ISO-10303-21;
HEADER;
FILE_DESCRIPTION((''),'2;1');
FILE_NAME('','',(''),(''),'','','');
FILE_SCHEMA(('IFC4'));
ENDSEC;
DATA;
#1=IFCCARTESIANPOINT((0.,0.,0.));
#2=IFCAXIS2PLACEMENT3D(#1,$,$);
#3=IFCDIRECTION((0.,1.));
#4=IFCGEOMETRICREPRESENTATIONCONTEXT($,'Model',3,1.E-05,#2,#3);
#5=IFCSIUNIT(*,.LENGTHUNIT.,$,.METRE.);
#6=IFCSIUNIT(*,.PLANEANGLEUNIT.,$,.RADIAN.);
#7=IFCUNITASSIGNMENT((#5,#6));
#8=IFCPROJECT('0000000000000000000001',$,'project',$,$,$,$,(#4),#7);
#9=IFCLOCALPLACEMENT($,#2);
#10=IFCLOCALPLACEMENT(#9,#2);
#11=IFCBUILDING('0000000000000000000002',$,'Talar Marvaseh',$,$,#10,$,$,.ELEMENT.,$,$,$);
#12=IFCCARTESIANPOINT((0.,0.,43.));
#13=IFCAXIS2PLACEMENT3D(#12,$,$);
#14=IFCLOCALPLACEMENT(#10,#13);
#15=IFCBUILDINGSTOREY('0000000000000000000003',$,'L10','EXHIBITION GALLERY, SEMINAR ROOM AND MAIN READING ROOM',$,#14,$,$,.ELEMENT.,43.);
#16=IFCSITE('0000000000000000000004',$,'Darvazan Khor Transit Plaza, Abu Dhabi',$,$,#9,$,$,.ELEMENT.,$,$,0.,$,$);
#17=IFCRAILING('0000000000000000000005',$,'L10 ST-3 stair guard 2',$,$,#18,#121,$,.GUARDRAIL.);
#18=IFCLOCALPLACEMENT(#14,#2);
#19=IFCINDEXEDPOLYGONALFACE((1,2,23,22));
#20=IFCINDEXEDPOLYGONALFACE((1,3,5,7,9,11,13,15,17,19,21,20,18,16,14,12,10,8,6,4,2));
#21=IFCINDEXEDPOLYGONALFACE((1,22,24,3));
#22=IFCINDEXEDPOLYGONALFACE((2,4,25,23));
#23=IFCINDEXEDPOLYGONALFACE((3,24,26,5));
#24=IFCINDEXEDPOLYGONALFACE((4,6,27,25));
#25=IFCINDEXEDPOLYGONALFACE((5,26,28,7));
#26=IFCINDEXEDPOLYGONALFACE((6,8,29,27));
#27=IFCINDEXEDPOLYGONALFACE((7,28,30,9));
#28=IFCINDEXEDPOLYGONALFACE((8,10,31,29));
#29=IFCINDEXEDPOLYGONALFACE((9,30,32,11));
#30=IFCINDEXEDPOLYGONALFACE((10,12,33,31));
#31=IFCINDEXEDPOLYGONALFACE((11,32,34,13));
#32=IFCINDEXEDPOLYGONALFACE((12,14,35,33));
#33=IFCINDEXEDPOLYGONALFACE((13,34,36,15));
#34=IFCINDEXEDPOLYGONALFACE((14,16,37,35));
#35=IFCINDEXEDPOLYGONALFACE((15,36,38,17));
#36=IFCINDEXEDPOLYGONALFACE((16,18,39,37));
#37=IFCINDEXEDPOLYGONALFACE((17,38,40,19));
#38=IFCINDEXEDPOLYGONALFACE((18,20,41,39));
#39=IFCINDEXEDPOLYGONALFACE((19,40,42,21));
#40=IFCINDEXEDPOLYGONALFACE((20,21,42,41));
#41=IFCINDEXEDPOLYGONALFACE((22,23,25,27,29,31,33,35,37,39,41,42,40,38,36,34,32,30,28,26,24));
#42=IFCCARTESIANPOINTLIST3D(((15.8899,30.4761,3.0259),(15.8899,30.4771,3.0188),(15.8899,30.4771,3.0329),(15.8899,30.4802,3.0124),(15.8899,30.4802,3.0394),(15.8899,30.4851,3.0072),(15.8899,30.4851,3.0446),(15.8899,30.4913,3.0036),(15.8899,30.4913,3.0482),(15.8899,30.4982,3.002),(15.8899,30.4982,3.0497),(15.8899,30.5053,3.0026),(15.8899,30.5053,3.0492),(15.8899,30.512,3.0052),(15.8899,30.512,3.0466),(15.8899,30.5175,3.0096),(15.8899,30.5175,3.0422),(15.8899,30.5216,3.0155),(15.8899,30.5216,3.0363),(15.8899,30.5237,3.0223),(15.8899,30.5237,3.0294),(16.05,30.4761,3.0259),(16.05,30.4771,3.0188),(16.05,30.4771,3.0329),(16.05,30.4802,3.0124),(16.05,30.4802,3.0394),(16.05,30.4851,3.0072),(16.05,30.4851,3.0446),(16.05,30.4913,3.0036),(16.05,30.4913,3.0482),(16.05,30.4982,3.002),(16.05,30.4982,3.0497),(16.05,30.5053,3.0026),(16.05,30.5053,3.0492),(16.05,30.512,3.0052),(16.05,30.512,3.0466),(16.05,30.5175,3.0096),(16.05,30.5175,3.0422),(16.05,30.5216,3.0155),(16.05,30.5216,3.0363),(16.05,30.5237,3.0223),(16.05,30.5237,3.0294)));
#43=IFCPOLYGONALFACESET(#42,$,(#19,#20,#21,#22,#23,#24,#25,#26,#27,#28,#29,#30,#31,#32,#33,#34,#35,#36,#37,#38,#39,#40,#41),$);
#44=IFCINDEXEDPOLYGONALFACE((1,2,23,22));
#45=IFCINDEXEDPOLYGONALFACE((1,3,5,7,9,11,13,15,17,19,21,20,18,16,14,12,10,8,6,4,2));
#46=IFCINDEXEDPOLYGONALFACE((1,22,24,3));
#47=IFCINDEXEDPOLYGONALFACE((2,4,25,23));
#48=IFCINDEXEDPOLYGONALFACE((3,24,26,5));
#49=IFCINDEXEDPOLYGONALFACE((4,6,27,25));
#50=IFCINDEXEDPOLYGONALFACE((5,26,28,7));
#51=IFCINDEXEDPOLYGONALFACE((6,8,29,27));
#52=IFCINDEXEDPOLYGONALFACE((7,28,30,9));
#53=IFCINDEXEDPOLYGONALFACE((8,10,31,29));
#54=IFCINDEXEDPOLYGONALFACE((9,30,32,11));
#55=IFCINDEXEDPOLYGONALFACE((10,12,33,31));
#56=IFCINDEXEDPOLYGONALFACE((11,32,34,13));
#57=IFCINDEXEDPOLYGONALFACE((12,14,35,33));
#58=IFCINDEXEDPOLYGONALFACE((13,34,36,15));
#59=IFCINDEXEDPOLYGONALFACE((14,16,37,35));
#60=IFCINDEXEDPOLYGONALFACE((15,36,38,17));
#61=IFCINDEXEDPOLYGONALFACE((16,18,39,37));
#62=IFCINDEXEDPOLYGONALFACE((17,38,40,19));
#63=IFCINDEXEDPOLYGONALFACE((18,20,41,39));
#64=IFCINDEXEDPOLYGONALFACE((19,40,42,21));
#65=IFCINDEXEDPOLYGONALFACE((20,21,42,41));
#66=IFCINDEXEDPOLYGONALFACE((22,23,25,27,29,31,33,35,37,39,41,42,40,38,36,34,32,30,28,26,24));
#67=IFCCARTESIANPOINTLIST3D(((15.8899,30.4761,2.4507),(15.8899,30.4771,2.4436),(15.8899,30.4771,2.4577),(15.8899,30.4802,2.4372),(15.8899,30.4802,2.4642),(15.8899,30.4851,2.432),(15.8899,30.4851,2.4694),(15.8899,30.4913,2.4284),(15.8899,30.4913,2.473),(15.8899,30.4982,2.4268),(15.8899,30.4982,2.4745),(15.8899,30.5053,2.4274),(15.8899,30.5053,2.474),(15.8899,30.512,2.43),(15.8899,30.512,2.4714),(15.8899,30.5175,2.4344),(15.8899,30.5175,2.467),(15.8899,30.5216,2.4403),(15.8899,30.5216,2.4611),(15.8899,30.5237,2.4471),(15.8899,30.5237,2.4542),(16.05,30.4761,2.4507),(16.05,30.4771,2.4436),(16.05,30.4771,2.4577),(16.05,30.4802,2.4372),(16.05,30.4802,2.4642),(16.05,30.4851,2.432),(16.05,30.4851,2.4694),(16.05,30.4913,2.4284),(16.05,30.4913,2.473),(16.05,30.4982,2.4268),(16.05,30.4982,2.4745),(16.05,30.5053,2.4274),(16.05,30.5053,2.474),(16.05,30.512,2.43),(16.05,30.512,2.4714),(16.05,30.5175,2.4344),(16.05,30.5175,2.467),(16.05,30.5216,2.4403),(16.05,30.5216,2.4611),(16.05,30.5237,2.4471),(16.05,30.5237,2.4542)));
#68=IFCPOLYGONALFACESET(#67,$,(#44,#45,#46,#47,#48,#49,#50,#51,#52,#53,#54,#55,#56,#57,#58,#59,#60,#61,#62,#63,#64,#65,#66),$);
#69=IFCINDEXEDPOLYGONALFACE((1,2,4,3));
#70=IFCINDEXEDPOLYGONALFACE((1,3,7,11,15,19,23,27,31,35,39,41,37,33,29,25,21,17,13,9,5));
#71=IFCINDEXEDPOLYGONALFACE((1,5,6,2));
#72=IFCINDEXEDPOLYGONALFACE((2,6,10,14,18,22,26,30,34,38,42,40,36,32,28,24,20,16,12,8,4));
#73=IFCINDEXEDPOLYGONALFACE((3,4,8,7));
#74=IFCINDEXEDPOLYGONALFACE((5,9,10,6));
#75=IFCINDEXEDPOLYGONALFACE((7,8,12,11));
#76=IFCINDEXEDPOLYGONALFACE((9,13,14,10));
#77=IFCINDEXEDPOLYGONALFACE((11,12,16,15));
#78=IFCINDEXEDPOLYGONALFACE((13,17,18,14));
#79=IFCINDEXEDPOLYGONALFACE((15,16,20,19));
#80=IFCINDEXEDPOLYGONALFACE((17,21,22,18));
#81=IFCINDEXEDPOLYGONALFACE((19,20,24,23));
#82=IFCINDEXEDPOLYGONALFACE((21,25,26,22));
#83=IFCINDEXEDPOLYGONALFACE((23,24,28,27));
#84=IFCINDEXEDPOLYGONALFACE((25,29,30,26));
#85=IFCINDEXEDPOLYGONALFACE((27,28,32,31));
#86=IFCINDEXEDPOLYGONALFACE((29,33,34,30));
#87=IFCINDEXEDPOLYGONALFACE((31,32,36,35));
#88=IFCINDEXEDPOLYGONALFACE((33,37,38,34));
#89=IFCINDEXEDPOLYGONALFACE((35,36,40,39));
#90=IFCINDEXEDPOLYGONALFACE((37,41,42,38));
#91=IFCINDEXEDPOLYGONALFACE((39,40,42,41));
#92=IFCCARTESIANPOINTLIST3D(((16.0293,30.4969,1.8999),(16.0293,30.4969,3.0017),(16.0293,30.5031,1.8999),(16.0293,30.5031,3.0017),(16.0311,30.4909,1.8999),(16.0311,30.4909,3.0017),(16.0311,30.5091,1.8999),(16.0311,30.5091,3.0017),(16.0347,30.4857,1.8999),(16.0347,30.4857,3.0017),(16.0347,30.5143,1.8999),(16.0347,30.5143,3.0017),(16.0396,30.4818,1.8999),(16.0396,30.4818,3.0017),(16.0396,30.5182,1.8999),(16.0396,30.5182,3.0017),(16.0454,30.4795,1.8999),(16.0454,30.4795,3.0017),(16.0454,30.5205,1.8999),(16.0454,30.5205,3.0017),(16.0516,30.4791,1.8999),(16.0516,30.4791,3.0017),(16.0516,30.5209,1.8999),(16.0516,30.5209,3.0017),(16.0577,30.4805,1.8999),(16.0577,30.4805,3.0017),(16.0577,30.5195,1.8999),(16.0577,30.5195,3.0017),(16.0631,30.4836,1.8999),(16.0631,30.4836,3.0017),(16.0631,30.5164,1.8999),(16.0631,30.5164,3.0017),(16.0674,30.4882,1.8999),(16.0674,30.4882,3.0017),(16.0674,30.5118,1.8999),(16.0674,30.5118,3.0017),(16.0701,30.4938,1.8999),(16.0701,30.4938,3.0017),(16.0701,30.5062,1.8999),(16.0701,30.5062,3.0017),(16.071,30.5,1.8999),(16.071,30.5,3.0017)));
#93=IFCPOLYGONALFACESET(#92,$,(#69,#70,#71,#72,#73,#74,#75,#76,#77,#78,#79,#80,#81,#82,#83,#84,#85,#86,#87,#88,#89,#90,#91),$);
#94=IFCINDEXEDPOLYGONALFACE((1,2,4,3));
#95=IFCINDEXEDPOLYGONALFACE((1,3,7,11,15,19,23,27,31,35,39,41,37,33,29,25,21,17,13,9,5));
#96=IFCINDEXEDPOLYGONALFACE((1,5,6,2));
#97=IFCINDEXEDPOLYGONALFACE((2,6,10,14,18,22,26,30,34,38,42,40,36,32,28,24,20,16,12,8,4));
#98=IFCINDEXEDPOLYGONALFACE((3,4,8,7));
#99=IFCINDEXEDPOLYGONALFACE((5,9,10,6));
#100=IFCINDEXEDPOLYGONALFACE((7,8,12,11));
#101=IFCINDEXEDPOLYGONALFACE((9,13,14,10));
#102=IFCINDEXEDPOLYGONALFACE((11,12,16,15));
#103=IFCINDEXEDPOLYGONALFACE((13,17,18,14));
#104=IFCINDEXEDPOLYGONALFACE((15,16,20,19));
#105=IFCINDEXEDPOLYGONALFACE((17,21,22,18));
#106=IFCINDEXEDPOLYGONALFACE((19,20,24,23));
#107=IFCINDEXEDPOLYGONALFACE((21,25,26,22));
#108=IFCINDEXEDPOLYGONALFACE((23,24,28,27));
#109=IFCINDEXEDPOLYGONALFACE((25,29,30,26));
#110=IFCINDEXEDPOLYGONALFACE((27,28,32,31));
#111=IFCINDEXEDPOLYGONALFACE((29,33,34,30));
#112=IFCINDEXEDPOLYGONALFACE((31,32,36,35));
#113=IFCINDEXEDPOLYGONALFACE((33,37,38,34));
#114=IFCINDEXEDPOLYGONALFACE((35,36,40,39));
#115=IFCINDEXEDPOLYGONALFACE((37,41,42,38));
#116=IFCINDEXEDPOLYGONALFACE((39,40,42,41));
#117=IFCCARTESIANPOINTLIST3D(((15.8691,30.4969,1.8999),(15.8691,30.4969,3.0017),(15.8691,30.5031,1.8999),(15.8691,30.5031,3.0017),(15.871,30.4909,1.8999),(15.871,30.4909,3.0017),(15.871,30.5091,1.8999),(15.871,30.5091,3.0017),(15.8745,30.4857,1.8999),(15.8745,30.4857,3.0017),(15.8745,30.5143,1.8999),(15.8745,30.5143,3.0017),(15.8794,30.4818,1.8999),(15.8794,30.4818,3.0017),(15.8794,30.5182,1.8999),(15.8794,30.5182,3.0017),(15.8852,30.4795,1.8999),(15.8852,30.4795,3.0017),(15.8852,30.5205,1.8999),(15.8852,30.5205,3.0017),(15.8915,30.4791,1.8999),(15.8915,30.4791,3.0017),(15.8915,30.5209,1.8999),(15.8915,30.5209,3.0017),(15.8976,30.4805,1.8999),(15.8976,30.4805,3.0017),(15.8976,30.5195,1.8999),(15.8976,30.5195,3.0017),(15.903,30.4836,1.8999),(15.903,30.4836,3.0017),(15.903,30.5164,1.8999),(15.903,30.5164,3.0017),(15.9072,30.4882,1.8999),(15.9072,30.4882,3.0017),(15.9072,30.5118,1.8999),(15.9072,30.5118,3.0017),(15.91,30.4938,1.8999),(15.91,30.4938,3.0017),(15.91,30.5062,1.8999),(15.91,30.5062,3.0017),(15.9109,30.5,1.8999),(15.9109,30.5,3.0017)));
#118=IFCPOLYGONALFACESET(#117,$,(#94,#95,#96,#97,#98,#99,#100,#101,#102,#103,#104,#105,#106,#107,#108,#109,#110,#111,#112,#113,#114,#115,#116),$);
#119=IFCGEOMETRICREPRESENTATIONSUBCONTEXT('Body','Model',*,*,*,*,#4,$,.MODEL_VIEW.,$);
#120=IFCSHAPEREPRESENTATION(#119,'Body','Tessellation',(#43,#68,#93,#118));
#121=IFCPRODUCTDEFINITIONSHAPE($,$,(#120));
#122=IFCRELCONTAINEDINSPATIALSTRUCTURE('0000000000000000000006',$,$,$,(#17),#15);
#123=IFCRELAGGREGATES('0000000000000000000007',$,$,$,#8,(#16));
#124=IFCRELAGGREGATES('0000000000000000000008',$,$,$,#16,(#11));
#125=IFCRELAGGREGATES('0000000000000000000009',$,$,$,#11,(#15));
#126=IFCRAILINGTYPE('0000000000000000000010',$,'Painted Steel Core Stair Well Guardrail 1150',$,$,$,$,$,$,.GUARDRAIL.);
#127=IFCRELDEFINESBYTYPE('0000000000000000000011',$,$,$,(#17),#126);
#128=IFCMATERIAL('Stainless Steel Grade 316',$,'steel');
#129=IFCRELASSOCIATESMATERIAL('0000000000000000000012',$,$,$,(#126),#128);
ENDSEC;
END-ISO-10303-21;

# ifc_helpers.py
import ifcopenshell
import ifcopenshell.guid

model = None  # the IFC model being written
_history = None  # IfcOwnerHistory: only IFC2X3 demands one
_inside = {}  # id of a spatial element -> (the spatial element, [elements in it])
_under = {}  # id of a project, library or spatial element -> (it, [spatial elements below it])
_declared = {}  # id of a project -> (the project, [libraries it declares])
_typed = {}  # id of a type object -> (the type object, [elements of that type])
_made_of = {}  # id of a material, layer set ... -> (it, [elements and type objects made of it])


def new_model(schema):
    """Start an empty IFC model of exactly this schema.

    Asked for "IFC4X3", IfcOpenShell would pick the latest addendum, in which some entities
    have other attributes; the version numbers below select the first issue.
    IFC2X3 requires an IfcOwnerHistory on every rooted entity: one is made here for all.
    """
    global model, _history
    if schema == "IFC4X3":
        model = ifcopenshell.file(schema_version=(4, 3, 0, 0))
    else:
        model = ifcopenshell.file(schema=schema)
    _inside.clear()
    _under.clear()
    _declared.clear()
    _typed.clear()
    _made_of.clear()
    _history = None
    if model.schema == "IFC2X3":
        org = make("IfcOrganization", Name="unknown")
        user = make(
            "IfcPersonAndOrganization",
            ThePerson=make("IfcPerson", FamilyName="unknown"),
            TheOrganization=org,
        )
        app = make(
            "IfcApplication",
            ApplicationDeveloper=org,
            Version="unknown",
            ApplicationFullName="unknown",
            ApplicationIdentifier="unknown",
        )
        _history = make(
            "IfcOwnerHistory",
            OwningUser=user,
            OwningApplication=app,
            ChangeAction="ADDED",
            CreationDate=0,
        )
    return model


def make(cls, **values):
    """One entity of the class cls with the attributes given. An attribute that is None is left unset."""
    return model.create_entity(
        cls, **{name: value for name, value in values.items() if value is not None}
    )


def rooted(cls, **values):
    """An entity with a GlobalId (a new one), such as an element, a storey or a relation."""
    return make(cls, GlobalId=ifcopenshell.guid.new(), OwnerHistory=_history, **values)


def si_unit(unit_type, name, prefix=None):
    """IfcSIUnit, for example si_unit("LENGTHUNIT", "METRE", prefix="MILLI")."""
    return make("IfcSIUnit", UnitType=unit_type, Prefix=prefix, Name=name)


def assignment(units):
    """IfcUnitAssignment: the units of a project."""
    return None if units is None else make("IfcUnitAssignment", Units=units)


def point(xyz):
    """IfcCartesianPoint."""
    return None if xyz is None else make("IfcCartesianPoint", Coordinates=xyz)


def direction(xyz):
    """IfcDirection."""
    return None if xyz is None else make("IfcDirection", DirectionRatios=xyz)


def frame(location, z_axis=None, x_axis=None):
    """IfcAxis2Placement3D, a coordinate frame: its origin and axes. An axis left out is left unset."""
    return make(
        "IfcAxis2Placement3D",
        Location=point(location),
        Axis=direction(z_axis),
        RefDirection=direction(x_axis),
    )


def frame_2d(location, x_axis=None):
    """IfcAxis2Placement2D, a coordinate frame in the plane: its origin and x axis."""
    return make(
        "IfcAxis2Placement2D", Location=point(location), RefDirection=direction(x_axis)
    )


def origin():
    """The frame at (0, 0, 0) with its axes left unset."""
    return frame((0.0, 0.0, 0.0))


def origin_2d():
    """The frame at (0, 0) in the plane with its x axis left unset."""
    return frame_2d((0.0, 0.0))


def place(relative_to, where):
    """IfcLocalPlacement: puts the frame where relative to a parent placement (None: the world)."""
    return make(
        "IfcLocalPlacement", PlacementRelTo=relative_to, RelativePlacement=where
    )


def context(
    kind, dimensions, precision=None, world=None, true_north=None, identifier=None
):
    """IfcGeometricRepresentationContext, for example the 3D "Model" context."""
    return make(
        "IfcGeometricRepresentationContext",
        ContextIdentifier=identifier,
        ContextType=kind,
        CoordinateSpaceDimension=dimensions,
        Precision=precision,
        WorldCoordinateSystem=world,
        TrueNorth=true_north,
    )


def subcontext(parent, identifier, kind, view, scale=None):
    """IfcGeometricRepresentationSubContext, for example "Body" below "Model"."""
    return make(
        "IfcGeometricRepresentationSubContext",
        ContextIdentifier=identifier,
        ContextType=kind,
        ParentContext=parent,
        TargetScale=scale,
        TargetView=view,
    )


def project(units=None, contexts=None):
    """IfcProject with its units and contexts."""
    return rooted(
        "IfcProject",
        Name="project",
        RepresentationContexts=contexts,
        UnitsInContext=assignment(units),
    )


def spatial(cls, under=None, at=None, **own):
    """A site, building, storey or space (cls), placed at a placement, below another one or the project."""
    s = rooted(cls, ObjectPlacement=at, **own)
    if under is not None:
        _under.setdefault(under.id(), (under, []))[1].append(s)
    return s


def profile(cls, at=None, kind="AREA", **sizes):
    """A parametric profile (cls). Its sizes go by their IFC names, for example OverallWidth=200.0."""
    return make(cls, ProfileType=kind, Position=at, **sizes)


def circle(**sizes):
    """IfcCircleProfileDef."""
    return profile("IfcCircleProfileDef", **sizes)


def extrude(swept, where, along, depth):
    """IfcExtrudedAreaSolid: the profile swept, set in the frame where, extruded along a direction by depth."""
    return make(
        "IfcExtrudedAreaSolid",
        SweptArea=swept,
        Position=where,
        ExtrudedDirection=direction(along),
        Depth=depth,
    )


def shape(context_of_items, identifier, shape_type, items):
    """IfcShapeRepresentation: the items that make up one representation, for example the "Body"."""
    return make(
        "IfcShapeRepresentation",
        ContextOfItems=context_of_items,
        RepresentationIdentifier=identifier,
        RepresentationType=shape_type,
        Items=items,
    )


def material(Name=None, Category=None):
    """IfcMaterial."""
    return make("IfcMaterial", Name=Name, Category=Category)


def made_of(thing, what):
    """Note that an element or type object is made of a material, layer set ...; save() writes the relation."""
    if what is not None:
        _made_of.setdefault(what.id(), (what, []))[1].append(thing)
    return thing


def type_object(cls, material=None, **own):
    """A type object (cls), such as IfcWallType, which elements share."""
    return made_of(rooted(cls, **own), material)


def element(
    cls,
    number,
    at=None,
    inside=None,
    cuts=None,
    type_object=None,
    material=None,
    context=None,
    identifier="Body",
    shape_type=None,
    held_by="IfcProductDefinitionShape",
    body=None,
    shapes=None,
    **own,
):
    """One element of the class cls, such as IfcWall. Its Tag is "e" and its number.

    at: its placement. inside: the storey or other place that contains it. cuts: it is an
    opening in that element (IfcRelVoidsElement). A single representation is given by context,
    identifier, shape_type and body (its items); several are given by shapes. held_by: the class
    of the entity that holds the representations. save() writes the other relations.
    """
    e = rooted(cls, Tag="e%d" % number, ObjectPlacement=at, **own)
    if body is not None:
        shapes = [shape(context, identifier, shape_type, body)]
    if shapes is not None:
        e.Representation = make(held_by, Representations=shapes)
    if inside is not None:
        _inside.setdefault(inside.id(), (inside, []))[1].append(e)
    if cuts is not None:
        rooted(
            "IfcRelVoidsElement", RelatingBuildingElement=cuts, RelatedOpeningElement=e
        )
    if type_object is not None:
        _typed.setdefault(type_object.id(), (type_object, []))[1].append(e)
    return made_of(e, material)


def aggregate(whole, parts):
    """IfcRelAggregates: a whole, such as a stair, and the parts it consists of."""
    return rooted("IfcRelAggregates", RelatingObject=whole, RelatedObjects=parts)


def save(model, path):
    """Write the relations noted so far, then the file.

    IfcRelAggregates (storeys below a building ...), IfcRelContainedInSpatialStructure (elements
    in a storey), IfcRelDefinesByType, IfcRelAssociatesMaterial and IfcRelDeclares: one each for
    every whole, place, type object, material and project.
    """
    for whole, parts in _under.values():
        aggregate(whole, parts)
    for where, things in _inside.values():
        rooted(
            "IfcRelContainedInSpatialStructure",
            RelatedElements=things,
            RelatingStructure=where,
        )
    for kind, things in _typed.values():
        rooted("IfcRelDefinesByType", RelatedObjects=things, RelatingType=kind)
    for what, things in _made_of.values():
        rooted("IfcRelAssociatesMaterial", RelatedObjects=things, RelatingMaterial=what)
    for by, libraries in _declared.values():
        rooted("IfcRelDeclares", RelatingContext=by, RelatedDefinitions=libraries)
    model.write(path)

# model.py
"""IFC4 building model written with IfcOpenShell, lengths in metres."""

from ifc_helpers import new_model, si_unit, direction, frame, origin, origin_2d, place, context, subcontext, project, spatial, circle, extrude, material, type_object, element, save


model = new_model("IFC4")

# Units and contexts
model_context = context("Model", 3, precision=1e-05, world=origin(), true_north=direction((0.0, 1.0)))
body_context = subcontext(model_context, "Body", "Model", "MODEL_VIEW")
ifc_project = project(units=[si_unit("LENGTHUNIT", "METRE"), si_unit("PLANEANGLEUNIT", "RADIAN")], contexts=[model_context])

# Site, building, storey
site_placement = place(None, origin())
site = spatial("IfcSite", under=ifc_project, at=site_placement, Name="Darvazan Khor Transit Plaza, Abu Dhabi", CompositionType="ELEMENT", RefElevation=0.0)
building_placement = place(site_placement, origin())
building = spatial("IfcBuilding", under=site, at=building_placement, Name="Talar Marvaseh", CompositionType="ELEMENT")
storey_placement = place(building_placement, frame((0.0, 0.0, 43.0)))
storey = spatial("IfcBuildingStorey", under=building, at=storey_placement, Name="L10", Description="EXHIBITION GALLERY, SEMINAR ROOM AND MAIN READING ROOM", CompositionType="ELEMENT", Elevation=43.0)

# Railing
ifc_material_1 = material(Name="Stainless Steel Grade 316", Category="steel")
railing_type_1 = type_object("IfcRailingType", Name="Painted Steel Core Stair Well Guardrail 1150", PredefinedType="GUARDRAIL", material=ifc_material_1)
railing_1_placement = place(storey_placement, frame((16.05, 30.5, 1.8999)))
element("IfcRailing", 1, at=railing_1_placement, inside=storey, type_object=railing_type_1, Name="L10 ST-3 stair guard 2", PredefinedType="GUARDRAIL", context=body_context, shape_type="SweptSolid", body=[
    extrude(circle(Radius=0.0239, at=origin_2d()), frame((0.0, 0.0, 1.126), z_axis=(-1.0, 0.0, 0.0), x_axis=(0.0, -1.0, 0.0)), (0.0, 0.0, 1.0), 0.1602),
    extrude(circle(Radius=0.0239, at=origin_2d()), frame((0.0, 0.0, 0.5508), z_axis=(-1.0, 0.0, 0.0), x_axis=(0.0, -1.0, 0.0)), (0.0, 0.0, 1.0), 0.1602),
    extrude(circle(Radius=0.021, at=origin_2d()), origin(), (0.0, 0.0, 1.0), 1.1018),
    extrude(circle(Radius=0.021, at=origin_2d()), frame((-0.1602, 0.0, 0.0)), (0.0, 0.0, 1.0), 1.1018),
])

save(model, "model.ifc")
